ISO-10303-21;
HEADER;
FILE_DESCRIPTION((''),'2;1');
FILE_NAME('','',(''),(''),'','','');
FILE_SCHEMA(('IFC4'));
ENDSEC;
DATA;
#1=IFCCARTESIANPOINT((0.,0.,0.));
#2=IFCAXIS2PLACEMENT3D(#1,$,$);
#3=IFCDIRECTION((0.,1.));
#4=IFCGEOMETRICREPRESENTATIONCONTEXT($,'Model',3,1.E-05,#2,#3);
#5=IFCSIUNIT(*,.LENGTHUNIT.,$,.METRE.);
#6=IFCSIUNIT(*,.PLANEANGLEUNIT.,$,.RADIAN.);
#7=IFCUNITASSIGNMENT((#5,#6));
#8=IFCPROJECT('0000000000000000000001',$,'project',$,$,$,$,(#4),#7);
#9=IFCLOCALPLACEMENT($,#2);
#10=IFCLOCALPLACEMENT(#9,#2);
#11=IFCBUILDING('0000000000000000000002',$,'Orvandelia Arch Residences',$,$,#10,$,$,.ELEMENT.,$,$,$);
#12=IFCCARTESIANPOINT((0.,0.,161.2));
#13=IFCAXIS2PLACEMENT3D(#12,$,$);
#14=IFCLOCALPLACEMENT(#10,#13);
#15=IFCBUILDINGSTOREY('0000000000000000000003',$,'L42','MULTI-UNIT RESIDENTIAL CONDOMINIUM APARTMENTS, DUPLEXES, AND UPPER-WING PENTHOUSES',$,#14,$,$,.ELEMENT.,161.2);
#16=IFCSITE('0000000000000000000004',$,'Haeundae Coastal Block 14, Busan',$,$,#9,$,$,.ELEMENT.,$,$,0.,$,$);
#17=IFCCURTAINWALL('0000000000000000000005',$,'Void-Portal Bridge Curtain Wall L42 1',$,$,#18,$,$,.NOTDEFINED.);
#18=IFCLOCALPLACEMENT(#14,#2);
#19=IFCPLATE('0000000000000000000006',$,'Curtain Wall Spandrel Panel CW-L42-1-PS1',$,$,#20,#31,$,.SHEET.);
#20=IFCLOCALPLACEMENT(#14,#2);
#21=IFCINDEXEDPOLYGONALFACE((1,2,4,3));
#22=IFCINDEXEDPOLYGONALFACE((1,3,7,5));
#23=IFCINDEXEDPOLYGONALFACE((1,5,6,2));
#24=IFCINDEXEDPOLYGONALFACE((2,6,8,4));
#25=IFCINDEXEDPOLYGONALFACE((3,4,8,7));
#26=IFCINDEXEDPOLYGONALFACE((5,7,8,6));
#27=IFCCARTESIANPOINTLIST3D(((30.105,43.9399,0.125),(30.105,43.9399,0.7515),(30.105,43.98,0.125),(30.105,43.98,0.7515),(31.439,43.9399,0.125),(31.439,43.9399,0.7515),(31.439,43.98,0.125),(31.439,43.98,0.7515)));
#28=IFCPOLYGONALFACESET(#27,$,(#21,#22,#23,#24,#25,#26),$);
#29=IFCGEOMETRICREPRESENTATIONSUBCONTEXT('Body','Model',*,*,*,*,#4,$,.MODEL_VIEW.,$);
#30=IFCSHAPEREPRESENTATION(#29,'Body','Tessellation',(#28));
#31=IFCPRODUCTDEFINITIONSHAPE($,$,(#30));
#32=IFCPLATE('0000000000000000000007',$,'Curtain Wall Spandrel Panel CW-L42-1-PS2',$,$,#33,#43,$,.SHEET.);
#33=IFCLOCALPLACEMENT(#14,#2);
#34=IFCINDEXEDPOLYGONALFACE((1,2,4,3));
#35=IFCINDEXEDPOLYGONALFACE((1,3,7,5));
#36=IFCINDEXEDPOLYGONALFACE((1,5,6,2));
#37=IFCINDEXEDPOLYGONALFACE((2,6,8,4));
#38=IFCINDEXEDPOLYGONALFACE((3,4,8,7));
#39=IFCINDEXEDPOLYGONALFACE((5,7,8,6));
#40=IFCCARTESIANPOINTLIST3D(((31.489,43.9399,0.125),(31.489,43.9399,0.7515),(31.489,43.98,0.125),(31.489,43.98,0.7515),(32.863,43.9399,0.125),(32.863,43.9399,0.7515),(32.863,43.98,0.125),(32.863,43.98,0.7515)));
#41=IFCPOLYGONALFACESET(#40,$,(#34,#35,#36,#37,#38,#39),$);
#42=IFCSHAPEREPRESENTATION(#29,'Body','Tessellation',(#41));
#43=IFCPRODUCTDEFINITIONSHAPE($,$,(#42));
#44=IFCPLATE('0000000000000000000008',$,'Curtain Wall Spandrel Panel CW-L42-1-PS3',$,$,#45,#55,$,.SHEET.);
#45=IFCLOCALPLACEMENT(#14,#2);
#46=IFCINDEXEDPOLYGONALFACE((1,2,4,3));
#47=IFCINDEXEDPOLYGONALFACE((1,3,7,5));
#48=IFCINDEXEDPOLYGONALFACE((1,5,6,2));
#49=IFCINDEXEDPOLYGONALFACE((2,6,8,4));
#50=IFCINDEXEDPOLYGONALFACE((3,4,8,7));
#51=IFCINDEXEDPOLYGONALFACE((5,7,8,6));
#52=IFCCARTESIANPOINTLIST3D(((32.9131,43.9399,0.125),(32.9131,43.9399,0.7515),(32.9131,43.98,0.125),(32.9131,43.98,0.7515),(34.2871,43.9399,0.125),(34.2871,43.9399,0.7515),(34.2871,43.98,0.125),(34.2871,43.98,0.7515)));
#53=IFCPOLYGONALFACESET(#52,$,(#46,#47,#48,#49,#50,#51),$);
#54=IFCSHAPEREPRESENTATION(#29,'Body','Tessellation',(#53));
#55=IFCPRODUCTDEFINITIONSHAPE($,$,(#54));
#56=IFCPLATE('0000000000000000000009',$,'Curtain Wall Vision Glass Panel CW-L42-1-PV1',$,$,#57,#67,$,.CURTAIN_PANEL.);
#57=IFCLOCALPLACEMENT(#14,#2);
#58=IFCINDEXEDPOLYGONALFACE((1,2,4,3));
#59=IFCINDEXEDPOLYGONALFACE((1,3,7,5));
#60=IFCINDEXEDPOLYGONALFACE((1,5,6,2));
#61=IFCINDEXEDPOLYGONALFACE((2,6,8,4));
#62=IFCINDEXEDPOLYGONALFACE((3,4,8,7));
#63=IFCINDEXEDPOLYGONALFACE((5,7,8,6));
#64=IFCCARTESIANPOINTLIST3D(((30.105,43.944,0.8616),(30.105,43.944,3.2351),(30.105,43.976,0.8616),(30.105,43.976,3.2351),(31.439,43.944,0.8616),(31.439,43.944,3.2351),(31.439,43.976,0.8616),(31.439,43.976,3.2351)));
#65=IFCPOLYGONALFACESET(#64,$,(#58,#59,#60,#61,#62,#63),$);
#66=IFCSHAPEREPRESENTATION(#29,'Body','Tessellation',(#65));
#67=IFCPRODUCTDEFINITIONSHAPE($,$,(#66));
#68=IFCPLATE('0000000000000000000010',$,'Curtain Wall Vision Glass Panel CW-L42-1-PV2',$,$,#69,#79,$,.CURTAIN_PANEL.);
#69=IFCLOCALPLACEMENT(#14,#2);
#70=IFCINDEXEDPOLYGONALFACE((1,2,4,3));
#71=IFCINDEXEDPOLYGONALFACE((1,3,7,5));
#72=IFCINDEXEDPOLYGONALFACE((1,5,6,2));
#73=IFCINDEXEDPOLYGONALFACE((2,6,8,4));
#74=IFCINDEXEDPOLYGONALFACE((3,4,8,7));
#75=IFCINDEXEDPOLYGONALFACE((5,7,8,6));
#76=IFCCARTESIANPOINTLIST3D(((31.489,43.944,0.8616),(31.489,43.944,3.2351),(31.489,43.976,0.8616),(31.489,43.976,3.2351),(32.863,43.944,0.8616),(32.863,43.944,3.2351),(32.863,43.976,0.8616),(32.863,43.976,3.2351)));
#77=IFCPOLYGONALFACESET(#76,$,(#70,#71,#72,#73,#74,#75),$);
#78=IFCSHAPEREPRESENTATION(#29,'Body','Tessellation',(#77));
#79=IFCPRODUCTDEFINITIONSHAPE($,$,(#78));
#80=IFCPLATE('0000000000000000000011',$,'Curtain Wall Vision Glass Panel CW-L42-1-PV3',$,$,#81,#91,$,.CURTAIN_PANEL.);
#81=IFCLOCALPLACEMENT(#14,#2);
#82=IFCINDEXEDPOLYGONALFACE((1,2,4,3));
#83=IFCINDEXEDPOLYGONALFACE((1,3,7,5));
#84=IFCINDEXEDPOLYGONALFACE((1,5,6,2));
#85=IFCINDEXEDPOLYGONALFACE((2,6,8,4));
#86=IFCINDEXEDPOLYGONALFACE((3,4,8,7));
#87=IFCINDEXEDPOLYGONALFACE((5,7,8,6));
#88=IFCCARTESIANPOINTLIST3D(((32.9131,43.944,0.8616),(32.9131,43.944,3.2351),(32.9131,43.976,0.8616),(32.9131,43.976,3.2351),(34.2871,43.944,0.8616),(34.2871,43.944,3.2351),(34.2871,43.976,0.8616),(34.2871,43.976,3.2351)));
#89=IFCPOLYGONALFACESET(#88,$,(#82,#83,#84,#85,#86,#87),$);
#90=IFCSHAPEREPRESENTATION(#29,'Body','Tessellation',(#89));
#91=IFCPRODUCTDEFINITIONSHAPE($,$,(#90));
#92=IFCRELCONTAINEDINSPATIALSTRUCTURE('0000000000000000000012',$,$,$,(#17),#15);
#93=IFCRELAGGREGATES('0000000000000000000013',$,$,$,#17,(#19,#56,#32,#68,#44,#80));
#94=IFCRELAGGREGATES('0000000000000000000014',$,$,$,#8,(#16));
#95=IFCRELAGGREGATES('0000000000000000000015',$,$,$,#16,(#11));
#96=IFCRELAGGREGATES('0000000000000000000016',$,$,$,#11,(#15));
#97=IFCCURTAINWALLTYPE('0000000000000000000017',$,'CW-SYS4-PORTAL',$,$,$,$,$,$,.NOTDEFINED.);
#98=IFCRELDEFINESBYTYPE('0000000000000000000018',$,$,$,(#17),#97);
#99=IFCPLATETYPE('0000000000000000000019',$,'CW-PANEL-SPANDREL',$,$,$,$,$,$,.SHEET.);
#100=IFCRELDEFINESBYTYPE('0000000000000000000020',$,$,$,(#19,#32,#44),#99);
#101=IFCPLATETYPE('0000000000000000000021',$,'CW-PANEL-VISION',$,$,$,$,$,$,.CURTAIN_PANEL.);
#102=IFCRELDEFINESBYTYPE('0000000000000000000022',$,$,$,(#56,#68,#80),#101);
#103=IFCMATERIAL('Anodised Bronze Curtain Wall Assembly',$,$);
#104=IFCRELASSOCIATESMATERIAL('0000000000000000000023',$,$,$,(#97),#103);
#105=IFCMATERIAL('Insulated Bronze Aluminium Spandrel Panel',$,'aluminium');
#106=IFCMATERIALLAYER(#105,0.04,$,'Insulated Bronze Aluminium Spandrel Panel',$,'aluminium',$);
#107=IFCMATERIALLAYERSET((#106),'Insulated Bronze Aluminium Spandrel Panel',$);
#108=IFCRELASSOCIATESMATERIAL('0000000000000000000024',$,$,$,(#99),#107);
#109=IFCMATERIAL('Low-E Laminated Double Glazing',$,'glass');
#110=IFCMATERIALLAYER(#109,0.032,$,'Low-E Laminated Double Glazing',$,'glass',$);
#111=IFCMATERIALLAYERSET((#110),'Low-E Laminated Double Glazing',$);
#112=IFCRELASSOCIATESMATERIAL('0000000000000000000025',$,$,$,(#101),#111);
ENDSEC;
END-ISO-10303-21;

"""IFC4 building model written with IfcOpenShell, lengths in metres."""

from ifc_helpers import new_model, si_unit, direction, frame, origin, origin_2d, place, context, subcontext, project, spatial, rectangle, extrude, material, layer, layer_set, type_object, element, aggregate, save


model = new_model("IFC4")

# Units and contexts
model_context = context("Model", 3, precision=1e-05, world=origin(), true_north=direction((0.0, 1.0)))
body_context = subcontext(model_context, "Body", "Model", "MODEL_VIEW")
ifc_project = project(units=[si_unit("LENGTHUNIT", "METRE"), si_unit("PLANEANGLEUNIT", "RADIAN")], contexts=[model_context])

# Site, building, storey
site_placement = place(None, origin())
site = spatial("IfcSite", under=ifc_project, at=site_placement, Name="Haeundae Coastal Block 14, Busan", CompositionType="ELEMENT", RefElevation=0.0)
building_placement = place(site_placement, origin())
building = spatial("IfcBuilding", under=site, at=building_placement, Name="Orvandelia Arch Residences", CompositionType="ELEMENT")
storey_placement = place(building_placement, frame((0.0, 0.0, 161.2)))
storey = spatial("IfcBuildingStorey", under=building, at=storey_placement, Name="L42", Description="MULTI-UNIT RESIDENTIAL CONDOMINIUM APARTMENTS, DUPLEXES, AND UPPER-WING PENTHOUSES", CompositionType="ELEMENT", Elevation=161.2)

# Curtain wall, plates
ifc_material_1 = material(Name="Anodised Bronze Curtain Wall Assembly")
curtain_wall_type = type_object("IfcCurtainWallType", Name="CW-SYS4-PORTAL", PredefinedType="NOTDEFINED", material=ifc_material_1)
curtain_wall_placement = place(storey_placement, origin())
curtain_wall = element("IfcCurtainWall", 1, at=curtain_wall_placement, inside=storey, type_object=curtain_wall_type, Name="Void-Portal Bridge Curtain Wall L42 1", PredefinedType="NOTDEFINED")
ifc_material_2 = material(Name="Insulated Bronze Aluminium Spandrel Panel", Category="aluminium")
ifc_layer_1 = layer(ifc_material_2, 0.04, Name="Insulated Bronze Aluminium Spandrel Panel", Category="aluminium")
ifc_layer_set_1 = layer_set([ifc_layer_1], Name="Insulated Bronze Aluminium Spandrel Panel")
plate_type_1 = type_object("IfcPlateType", Name="CW-PANEL-SPANDREL", PredefinedType="SHEET", material=ifc_layer_set_1)
plate_1_placement = place(storey_placement, frame((30.772, 43.96, 0.125), z_axis=(0.0, 0.0, 1.0), x_axis=(1.0, 0.0, 0.0)))
plate_1 = element("IfcPlate", 2, at=plate_1_placement, type_object=plate_type_1, Name="Curtain Wall Spandrel Panel CW-L42-1-PS1", PredefinedType="SHEET", context=body_context, shape_type="SweptSolid", body=[
    extrude(rectangle(XDim=1.334, YDim=0.04, at=origin_2d()), origin(), (0.0, 0.0, 1.0), 0.6265),
])
plate_2_placement = place(storey_placement, frame((32.176, 43.96, 0.125), z_axis=(0.0, 0.0, 1.0), x_axis=(1.0, 0.0, 0.0)))
plate_2 = element("IfcPlate", 3, at=plate_2_placement, type_object=plate_type_1, Name="Curtain Wall Spandrel Panel CW-L42-1-PS2", PredefinedType="SHEET", context=body_context, shape_type="SweptSolid", body=[
    extrude(rectangle(XDim=1.374, YDim=0.04, at=origin_2d()), origin(), (0.0, 0.0, 1.0), 0.6265),
])
plate_3_placement = place(storey_placement, frame((33.6001, 43.96, 0.125), z_axis=(0.0, 0.0, 1.0), x_axis=(1.0, 0.0, 0.0)))
plate_3 = element("IfcPlate", 4, at=plate_3_placement, type_object=plate_type_1, Name="Curtain Wall Spandrel Panel CW-L42-1-PS3", PredefinedType="SHEET", context=body_context, shape_type="SweptSolid", body=[
    extrude(rectangle(XDim=1.374, YDim=0.04, at=origin_2d()), origin(), (0.0, 0.0, 1.0), 0.6265),
])
ifc_material_3 = material(Name="Low-E Laminated Double Glazing", Category="glass")
ifc_layer_2 = layer(ifc_material_3, 0.032, Name="Low-E Laminated Double Glazing", Category="glass")
ifc_layer_set_2 = layer_set([ifc_layer_2], Name="Low-E Laminated Double Glazing")
plate_type_2 = type_object("IfcPlateType", Name="CW-PANEL-VISION", PredefinedType="CURTAIN_PANEL", material=ifc_layer_set_2)
plate_4_placement = place(storey_placement, frame((30.772, 43.96, 0.8616), z_axis=(0.0, 0.0, 1.0), x_axis=(1.0, 0.0, 0.0)))
plate_4 = element("IfcPlate", 5, at=plate_4_placement, type_object=plate_type_2, Name="Curtain Wall Vision Glass Panel CW-L42-1-PV1", PredefinedType="CURTAIN_PANEL", context=body_context, shape_type="SweptSolid", body=[
    extrude(rectangle(XDim=1.334, YDim=0.032, at=origin_2d()), origin(), (0.0, 0.0, 1.0), 2.3735),
])
plate_5_placement = place(storey_placement, frame((32.176, 43.96, 0.8616), z_axis=(0.0, 0.0, 1.0), x_axis=(1.0, 0.0, 0.0)))
plate_5 = element("IfcPlate", 6, at=plate_5_placement, type_object=plate_type_2, Name="Curtain Wall Vision Glass Panel CW-L42-1-PV2", PredefinedType="CURTAIN_PANEL", context=body_context, shape_type="SweptSolid", body=[
    extrude(rectangle(XDim=1.374, YDim=0.032, at=origin_2d()), origin(), (0.0, 0.0, 1.0), 2.3735),
])
plate_6_placement = place(storey_placement, frame((33.6001, 43.96, 0.8616), z_axis=(0.0, 0.0, 1.0), x_axis=(1.0, 0.0, 0.0)))
plate_6 = element("IfcPlate", 7, at=plate_6_placement, type_object=plate_type_2, Name="Curtain Wall Vision Glass Panel CW-L42-1-PV3", PredefinedType="CURTAIN_PANEL", context=body_context, shape_type="SweptSolid", body=[
    extrude(rectangle(XDim=1.374, YDim=0.032, at=origin_2d()), origin(), (0.0, 0.0, 1.0), 2.3735),
])
aggregate(curtain_wall, [plate_1, plate_4, plate_2, plate_5, plate_3, plate_6])

save(model, "model.ifc")
